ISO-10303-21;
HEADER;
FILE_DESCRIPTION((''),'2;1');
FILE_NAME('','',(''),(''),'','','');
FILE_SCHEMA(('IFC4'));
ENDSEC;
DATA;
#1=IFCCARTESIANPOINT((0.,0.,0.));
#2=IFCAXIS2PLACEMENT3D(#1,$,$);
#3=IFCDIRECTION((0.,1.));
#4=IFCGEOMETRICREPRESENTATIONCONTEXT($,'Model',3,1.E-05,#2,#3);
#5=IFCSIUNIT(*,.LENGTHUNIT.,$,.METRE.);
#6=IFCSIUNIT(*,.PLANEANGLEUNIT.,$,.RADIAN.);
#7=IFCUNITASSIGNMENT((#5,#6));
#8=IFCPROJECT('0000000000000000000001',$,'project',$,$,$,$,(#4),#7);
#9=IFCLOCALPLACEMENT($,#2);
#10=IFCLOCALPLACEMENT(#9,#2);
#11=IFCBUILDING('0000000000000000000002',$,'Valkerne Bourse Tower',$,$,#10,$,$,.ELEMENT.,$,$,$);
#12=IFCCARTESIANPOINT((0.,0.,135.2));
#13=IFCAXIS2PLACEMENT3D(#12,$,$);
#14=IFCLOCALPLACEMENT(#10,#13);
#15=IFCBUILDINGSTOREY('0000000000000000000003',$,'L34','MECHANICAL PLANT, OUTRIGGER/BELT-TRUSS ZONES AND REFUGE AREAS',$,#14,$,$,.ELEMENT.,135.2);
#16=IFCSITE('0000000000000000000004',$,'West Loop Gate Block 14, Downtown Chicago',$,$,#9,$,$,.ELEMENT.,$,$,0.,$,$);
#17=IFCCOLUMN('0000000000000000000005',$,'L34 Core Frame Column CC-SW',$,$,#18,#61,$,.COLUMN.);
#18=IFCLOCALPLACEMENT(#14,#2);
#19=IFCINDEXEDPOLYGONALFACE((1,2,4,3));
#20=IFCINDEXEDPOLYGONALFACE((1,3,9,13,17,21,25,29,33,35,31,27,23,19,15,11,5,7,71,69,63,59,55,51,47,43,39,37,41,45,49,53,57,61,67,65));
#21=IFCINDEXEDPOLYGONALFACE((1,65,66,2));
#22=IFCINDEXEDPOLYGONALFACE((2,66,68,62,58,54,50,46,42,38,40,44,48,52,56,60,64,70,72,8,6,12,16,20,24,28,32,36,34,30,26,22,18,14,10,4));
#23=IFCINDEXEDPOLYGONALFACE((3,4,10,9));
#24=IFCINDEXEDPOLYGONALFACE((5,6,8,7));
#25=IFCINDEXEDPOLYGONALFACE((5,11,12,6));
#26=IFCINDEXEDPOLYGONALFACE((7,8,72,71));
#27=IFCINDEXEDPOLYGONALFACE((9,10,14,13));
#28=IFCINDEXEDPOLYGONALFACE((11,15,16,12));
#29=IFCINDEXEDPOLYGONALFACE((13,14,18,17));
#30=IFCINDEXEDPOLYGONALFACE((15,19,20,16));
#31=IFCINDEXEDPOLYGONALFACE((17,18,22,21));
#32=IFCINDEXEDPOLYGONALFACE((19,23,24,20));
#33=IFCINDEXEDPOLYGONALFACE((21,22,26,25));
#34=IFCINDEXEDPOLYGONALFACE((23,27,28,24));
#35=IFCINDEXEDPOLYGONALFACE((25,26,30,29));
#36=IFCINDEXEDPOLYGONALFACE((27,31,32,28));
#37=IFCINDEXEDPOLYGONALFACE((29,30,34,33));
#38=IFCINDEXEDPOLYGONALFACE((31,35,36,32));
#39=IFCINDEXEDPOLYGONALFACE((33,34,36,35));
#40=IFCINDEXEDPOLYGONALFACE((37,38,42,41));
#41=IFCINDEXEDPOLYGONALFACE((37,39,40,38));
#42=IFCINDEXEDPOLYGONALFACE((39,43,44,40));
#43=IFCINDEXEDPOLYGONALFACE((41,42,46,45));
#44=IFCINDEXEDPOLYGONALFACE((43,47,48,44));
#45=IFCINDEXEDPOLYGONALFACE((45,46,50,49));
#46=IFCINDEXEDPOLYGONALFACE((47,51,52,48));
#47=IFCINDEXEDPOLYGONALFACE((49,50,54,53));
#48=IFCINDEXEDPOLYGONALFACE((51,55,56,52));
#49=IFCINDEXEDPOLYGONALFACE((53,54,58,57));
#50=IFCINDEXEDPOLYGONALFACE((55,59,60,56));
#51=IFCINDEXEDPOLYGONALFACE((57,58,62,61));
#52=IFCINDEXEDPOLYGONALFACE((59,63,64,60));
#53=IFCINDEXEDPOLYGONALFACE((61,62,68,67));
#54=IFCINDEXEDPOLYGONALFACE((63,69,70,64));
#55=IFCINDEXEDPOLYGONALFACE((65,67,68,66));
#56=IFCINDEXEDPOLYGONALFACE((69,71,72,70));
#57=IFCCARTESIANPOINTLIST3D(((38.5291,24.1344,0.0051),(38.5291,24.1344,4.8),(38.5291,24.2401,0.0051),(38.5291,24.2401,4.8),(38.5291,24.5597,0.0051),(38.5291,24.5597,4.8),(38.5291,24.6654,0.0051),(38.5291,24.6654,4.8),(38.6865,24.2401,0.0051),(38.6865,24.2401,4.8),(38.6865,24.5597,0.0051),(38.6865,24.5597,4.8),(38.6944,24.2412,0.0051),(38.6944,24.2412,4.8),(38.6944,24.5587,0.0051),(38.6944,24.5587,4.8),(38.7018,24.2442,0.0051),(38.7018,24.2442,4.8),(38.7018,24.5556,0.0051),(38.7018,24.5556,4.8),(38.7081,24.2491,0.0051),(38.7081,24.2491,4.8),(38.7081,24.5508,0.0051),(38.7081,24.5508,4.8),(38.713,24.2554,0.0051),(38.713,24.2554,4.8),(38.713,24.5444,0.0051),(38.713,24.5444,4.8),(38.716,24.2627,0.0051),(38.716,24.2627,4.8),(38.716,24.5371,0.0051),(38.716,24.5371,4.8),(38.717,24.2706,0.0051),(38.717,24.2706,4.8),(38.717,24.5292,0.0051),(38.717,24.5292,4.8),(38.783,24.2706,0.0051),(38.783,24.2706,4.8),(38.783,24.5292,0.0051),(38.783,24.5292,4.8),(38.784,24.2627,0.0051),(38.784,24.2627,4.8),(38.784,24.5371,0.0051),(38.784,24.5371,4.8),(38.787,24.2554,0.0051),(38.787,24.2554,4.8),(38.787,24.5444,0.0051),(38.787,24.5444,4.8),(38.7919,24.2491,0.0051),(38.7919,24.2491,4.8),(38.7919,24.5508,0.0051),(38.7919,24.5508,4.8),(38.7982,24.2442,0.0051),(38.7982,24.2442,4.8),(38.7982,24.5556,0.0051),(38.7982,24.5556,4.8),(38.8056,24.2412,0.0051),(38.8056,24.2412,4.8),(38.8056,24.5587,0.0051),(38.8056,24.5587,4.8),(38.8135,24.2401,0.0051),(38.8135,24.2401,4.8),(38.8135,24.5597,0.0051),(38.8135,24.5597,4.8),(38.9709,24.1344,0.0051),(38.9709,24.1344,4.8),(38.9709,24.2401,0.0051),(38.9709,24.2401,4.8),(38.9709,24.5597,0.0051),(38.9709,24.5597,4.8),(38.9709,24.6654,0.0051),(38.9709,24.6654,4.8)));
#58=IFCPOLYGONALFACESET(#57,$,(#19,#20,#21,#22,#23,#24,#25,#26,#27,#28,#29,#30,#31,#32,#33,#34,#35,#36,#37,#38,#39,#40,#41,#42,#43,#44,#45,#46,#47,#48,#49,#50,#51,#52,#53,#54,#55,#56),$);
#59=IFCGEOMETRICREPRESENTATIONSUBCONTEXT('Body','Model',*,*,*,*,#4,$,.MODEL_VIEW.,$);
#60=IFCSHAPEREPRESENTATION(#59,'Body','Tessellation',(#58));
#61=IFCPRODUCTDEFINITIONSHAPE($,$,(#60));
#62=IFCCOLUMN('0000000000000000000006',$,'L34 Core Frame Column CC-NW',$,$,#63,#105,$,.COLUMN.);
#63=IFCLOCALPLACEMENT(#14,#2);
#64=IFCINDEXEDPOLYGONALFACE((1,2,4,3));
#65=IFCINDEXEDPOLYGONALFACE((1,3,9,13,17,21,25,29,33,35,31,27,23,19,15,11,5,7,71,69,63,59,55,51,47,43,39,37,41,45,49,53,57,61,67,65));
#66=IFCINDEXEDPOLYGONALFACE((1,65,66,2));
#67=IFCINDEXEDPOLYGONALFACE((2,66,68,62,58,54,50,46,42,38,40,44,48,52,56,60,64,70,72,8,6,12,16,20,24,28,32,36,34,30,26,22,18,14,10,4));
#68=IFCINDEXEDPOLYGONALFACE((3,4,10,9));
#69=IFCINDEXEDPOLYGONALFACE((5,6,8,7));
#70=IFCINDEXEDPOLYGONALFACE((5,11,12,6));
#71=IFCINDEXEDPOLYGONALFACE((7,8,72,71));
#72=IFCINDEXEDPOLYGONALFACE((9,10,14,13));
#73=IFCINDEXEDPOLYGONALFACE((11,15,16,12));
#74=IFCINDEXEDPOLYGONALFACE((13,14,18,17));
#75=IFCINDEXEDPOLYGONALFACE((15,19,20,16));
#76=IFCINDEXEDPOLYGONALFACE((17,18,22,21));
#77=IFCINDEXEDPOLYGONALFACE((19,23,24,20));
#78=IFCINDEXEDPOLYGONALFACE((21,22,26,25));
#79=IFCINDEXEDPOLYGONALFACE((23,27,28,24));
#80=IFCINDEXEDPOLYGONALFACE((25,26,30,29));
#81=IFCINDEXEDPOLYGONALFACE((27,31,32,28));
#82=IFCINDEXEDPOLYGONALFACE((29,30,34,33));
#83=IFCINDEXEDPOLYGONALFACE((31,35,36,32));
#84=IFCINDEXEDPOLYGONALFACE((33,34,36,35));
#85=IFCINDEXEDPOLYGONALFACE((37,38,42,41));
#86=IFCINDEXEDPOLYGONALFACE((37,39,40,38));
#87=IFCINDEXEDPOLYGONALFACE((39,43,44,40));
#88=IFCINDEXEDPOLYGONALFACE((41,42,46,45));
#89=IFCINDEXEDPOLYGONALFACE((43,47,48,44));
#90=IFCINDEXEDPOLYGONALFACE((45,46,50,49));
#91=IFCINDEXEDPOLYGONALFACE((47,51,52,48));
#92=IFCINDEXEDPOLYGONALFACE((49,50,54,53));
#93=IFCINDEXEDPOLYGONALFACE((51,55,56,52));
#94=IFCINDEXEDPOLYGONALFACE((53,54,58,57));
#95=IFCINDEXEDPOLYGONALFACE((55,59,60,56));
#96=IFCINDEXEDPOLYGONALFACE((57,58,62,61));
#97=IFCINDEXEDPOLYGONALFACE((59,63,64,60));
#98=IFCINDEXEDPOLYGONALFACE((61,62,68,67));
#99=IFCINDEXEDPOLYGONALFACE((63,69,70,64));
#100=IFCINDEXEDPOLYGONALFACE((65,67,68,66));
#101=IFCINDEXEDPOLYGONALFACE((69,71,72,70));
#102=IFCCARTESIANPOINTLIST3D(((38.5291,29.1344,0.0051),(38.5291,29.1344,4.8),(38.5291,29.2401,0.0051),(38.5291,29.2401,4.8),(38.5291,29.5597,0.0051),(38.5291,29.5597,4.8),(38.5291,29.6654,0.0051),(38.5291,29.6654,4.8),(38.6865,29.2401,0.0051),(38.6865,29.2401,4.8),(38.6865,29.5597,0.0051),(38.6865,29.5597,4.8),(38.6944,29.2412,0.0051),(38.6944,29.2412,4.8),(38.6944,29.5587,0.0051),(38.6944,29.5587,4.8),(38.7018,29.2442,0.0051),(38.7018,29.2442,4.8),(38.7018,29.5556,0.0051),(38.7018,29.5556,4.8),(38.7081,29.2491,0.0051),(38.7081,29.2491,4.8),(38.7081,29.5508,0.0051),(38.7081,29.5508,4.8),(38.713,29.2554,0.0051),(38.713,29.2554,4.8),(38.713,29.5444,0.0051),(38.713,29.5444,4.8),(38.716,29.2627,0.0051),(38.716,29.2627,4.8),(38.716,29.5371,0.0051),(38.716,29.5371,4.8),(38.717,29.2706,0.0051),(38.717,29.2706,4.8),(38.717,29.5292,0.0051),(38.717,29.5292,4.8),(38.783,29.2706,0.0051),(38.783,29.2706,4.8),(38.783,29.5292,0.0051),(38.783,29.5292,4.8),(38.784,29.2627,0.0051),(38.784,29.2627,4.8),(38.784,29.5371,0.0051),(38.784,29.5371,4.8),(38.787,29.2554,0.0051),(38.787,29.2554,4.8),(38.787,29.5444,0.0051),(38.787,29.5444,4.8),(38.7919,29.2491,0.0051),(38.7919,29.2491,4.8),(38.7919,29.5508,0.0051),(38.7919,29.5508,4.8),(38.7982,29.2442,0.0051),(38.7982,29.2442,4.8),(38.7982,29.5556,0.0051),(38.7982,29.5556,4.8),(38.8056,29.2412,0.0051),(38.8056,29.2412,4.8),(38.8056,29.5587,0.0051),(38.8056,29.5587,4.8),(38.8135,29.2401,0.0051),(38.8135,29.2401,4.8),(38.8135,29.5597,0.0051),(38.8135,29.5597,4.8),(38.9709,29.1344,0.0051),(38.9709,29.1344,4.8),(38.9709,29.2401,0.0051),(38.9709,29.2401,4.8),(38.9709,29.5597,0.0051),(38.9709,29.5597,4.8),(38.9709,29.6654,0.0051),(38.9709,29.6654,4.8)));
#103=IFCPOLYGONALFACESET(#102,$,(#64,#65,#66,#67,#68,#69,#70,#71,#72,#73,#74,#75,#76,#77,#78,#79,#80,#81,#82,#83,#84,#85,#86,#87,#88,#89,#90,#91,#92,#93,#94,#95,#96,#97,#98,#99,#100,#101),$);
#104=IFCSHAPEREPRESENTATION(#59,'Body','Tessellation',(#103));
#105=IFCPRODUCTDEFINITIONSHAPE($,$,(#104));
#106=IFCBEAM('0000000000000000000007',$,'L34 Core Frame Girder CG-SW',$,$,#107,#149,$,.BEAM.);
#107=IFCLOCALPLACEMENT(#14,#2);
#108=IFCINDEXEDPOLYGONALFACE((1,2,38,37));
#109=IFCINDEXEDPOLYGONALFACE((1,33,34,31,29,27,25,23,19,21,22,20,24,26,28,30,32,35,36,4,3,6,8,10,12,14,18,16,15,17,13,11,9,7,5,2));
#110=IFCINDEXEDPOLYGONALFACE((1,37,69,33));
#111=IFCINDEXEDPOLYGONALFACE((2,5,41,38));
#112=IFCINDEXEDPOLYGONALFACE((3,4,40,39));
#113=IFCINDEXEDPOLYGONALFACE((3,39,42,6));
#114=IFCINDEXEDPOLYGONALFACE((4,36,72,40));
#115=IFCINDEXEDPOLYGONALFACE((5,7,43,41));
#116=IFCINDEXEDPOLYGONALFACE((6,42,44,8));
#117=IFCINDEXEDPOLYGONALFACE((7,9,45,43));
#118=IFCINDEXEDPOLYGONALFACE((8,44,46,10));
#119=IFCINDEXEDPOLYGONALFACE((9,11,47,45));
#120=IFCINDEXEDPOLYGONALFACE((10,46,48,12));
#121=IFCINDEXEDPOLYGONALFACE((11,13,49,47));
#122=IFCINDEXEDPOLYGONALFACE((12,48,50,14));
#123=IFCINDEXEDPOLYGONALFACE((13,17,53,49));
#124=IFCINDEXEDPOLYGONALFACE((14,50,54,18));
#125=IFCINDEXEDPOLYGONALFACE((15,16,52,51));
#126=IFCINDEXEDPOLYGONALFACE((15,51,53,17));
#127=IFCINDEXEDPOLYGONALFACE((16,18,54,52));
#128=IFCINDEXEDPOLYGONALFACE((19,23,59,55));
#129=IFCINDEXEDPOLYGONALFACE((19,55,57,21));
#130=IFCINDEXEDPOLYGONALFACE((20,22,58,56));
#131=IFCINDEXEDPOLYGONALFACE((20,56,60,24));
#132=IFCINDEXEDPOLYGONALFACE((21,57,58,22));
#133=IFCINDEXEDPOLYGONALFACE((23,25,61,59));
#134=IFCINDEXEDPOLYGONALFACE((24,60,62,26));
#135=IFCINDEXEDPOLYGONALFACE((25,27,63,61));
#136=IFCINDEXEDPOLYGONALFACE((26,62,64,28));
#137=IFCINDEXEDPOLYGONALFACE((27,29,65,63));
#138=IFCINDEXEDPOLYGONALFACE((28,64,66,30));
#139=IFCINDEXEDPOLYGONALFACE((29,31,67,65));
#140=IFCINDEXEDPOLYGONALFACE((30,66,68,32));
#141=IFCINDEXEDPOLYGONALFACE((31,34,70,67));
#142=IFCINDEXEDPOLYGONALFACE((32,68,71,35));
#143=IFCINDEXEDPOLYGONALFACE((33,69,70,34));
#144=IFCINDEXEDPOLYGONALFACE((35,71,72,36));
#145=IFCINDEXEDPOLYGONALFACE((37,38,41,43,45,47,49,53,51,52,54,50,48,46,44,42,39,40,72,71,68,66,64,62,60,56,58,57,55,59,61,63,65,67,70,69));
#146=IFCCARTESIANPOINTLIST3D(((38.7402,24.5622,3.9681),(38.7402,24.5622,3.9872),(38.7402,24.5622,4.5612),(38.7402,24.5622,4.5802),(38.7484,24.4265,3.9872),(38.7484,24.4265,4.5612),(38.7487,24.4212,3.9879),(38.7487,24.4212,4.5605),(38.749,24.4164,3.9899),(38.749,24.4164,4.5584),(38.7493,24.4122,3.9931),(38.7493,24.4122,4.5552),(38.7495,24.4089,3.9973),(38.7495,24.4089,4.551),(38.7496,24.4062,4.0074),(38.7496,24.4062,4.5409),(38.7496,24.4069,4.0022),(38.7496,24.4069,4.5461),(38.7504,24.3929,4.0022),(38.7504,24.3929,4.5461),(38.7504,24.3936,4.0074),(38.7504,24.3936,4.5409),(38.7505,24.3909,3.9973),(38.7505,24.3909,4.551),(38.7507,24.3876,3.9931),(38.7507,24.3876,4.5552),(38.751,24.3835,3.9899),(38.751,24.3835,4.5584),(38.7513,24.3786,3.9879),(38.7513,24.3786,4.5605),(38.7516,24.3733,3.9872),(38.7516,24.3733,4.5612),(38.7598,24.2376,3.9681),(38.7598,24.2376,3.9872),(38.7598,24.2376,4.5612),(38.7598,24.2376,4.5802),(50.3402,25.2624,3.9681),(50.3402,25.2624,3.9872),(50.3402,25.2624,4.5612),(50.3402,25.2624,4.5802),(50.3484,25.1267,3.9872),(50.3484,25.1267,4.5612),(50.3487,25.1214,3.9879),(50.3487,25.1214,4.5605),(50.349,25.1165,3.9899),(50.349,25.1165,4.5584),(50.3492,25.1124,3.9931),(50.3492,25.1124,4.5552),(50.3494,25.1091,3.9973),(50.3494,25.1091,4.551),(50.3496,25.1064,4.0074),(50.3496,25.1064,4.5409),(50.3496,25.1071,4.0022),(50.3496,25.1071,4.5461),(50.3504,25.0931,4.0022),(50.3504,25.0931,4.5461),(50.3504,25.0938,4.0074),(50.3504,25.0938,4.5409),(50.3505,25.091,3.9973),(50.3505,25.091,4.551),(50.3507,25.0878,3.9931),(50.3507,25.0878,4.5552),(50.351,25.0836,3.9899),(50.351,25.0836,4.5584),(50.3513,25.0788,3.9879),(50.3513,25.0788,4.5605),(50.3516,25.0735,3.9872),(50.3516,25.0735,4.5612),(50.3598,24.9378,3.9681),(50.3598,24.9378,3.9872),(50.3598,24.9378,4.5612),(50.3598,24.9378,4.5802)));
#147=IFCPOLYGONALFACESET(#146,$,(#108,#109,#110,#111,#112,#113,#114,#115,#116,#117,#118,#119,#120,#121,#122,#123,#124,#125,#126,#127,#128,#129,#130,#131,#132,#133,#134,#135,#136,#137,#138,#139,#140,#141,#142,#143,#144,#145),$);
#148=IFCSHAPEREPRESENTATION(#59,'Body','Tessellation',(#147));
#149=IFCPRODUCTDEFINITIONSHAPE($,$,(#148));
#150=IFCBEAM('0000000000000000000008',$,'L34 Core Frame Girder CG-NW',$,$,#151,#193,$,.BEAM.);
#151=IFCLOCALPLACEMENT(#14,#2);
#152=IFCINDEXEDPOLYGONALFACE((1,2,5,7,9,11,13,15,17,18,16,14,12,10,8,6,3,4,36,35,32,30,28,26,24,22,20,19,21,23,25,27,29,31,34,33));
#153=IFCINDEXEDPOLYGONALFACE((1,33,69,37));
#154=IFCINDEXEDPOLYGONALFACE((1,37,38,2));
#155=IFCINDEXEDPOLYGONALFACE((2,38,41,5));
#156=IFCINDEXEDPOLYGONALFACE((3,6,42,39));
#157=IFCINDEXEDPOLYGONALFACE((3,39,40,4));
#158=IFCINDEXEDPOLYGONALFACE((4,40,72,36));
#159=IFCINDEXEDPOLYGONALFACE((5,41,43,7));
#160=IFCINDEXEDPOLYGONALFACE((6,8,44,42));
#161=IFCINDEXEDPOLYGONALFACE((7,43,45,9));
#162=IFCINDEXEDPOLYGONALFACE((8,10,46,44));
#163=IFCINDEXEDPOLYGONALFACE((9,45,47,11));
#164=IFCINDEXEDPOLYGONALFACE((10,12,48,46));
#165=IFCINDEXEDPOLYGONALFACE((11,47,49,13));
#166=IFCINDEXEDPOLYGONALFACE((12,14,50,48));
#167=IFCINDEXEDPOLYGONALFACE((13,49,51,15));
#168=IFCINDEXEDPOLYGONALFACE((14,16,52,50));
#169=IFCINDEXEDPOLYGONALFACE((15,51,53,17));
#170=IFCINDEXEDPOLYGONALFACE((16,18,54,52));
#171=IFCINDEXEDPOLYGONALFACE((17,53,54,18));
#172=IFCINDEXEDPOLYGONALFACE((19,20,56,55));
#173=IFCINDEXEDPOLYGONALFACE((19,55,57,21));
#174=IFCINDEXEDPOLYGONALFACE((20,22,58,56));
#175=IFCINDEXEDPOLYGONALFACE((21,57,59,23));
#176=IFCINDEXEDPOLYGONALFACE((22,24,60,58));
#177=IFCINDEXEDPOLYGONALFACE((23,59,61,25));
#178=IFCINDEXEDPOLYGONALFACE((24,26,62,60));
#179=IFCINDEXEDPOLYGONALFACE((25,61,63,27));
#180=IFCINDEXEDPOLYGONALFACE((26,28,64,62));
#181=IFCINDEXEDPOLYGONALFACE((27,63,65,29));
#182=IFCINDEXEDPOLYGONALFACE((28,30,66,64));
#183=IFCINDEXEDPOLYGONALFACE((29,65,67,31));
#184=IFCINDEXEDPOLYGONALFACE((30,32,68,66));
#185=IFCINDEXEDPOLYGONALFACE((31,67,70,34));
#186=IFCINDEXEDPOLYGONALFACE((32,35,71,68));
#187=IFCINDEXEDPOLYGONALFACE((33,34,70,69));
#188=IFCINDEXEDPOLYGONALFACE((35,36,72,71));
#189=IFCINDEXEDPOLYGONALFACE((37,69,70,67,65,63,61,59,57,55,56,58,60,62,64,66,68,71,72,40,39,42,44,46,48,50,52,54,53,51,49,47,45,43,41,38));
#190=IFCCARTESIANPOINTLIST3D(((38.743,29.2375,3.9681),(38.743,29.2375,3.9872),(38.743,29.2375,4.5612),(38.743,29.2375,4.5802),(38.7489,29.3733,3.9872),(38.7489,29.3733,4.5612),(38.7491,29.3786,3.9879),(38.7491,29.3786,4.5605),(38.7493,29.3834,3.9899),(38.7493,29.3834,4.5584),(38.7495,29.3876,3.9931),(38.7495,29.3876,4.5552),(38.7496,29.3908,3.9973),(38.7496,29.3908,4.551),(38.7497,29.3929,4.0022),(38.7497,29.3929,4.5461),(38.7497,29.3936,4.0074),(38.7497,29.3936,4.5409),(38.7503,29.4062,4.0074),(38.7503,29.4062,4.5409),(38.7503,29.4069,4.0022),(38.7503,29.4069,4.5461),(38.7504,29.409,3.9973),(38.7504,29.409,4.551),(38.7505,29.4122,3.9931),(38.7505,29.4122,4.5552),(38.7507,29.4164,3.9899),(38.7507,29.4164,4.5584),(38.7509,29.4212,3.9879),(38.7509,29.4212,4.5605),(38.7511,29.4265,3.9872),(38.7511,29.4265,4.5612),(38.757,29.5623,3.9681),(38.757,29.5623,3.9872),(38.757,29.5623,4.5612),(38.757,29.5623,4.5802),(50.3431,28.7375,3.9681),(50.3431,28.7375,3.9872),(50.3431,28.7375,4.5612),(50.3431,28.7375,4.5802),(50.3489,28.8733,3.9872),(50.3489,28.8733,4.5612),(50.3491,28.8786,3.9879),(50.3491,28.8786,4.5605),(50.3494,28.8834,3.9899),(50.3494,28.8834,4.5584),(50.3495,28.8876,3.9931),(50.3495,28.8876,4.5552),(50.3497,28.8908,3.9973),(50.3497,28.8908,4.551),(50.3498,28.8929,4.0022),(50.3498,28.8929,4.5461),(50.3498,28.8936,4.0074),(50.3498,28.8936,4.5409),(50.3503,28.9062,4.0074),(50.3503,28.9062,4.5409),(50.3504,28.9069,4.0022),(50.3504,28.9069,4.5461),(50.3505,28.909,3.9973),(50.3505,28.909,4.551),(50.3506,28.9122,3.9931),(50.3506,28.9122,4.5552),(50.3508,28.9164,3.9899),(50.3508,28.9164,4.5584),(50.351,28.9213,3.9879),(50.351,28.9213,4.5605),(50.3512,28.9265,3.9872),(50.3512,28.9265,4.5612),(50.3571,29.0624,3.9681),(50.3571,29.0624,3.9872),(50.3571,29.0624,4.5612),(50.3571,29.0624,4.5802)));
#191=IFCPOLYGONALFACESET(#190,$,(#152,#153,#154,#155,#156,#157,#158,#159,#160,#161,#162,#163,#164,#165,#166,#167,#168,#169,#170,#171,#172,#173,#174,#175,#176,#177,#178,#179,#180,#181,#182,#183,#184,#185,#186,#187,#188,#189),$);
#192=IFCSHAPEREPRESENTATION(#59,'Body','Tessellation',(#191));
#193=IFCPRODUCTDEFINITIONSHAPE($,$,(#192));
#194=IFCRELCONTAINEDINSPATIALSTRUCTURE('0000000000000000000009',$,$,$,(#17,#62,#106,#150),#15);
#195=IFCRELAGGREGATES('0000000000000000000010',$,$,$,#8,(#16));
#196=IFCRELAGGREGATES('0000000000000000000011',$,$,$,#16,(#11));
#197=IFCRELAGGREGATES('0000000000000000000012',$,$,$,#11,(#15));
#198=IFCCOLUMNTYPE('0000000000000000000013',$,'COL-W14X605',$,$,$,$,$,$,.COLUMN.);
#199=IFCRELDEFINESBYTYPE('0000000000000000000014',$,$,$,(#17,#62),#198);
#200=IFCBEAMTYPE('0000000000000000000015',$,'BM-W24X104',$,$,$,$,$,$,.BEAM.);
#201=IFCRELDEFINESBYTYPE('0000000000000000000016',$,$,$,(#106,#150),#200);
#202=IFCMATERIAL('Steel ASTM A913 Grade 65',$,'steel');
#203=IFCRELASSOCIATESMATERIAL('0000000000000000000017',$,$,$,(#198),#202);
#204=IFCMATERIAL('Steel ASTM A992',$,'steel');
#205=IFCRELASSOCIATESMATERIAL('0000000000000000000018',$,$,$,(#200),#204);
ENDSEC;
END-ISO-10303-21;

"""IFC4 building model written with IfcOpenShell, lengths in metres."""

from ifc_helpers import new_model, si_unit, direction, frame, origin, origin_2d, place, context, subcontext, project, spatial, i_section, extrude, material, material_profile, profile_set, type_object, element, save


model = new_model("IFC4")

# Units and contexts
model_context = context("Model", 3, precision=1e-05, world=origin(), true_north=direction((0.0, 1.0)))
body_context = subcontext(model_context, "Body", "Model", "MODEL_VIEW")
ifc_project = project(units=[si_unit("LENGTHUNIT", "METRE"), si_unit("PLANEANGLEUNIT", "RADIAN")], contexts=[model_context])

# Site, building, storey
site_placement = place(None, origin())
site = spatial("IfcSite", under=ifc_project, at=site_placement, Name="West Loop Gate Block 14, Downtown Chicago", CompositionType="ELEMENT", RefElevation=0.0)
building_placement = place(site_placement, origin())
building = spatial("IfcBuilding", under=site, at=building_placement, Name="Valkerne Bourse Tower", CompositionType="ELEMENT")
storey_placement = place(building_placement, frame((0.0, 0.0, 135.2)))
storey = spatial("IfcBuildingStorey", under=building, at=storey_placement, Name="L34", Description="MECHANICAL PLANT, OUTRIGGER/BELT-TRUSS ZONES AND REFUGE AREAS", CompositionType="ELEMENT", Elevation=135.2)

# Columns
ifc_material_1 = material(Name="Steel ASTM A913 Grade 65", Category="steel")
ifc_material_profile_1 = material_profile(ifc_material_1, i_section(OverallWidth=0.4419, OverallDepth=0.531, WebThickness=0.0659, FlangeThickness=0.1057, FilletRadius=0.0305, at=origin_2d()), Name="W14X605")
ifc_profile_set_1 = profile_set([ifc_material_profile_1], Name="Steel ASTM A913 Grade 65")
column_type = type_object("IfcColumnType", Name="COL-W14X605", PredefinedType="COLUMN", material=ifc_profile_set_1)
for number, where, z_axis, x_axis, name in (
    (1, (38.75, 24.3999, 0.0051), (0.0, 0.0, 1.0), (1.0, 0.0, 0.0), "L34 Core Frame Column CC-SW"),
    (2, (38.75, 29.3999, 0.0051), (0.0, 0.0, 1.0), (1.0, 0.0, 0.0), "L34 Core Frame Column CC-NW"),
):
    element("IfcColumn", number, at=place(storey_placement, frame(where, z_axis=z_axis, x_axis=x_axis)), inside=storey, type_object=column_type, Name=name, PredefinedType="COLUMN", context=body_context, shape_type="SweptSolid", body=[
        extrude(i_section(OverallWidth=0.4419, OverallDepth=0.531, WebThickness=0.0659, FlangeThickness=0.1057, FilletRadius=0.0305, at=origin_2d()), origin(), (0.0, 0.0, 1.0), 4.7949),
    ])

# Beams
ifc_material_2 = material(Name="Steel ASTM A992", Category="steel")
ifc_material_profile_2 = material_profile(ifc_material_2, i_section(OverallWidth=0.3252, OverallDepth=0.6121, WebThickness=0.0127, FlangeThickness=0.019, FilletRadius=0.0203, at=origin_2d()), Name="W24X104")
ifc_profile_set_2 = profile_set([ifc_material_profile_2], Name="Steel ASTM A992")
beam_type_1 = type_object("IfcBeamType", Name="BM-W24X104", PredefinedType="BEAM", material=ifc_profile_set_2)
beam_1_placement = place(storey_placement, frame((38.75, 24.3999, 4.2742), z_axis=(0.998183, 0.060251, 0.0), x_axis=(-0.060251, 0.998183, 0.0)))
element("IfcBeam", 3, at=beam_1_placement, inside=storey, type_object=beam_type_1, Name="L34 Core Frame Girder CG-SW", PredefinedType="BEAM", context=body_context, shape_type="SweptSolid", body=[
    extrude(i_section(OverallWidth=0.3252, OverallDepth=0.6121, WebThickness=0.0127, FlangeThickness=0.019, FilletRadius=0.0203, at=origin_2d()), origin(), (0.0, 0.0, 1.0), 11.6211),
])
beam_2_placement = place(storey_placement, frame((38.75, 29.3999, 4.2742), z_axis=(0.999072, -0.043063, 0.0), x_axis=(0.043063, 0.999072, 0.0)))
element("IfcBeam", 4, at=beam_2_placement, inside=storey, type_object=beam_type_1, Name="L34 Core Frame Girder CG-NW", PredefinedType="BEAM", context=body_context, shape_type="SweptSolid", body=[
    extrude(i_section(OverallWidth=0.3252, OverallDepth=0.6121, WebThickness=0.0127, FlangeThickness=0.019, FilletRadius=0.0203, at=origin_2d()), origin(), (0.0, 0.0, 1.0), 11.6108),
])

save(model, "model.ifc")
